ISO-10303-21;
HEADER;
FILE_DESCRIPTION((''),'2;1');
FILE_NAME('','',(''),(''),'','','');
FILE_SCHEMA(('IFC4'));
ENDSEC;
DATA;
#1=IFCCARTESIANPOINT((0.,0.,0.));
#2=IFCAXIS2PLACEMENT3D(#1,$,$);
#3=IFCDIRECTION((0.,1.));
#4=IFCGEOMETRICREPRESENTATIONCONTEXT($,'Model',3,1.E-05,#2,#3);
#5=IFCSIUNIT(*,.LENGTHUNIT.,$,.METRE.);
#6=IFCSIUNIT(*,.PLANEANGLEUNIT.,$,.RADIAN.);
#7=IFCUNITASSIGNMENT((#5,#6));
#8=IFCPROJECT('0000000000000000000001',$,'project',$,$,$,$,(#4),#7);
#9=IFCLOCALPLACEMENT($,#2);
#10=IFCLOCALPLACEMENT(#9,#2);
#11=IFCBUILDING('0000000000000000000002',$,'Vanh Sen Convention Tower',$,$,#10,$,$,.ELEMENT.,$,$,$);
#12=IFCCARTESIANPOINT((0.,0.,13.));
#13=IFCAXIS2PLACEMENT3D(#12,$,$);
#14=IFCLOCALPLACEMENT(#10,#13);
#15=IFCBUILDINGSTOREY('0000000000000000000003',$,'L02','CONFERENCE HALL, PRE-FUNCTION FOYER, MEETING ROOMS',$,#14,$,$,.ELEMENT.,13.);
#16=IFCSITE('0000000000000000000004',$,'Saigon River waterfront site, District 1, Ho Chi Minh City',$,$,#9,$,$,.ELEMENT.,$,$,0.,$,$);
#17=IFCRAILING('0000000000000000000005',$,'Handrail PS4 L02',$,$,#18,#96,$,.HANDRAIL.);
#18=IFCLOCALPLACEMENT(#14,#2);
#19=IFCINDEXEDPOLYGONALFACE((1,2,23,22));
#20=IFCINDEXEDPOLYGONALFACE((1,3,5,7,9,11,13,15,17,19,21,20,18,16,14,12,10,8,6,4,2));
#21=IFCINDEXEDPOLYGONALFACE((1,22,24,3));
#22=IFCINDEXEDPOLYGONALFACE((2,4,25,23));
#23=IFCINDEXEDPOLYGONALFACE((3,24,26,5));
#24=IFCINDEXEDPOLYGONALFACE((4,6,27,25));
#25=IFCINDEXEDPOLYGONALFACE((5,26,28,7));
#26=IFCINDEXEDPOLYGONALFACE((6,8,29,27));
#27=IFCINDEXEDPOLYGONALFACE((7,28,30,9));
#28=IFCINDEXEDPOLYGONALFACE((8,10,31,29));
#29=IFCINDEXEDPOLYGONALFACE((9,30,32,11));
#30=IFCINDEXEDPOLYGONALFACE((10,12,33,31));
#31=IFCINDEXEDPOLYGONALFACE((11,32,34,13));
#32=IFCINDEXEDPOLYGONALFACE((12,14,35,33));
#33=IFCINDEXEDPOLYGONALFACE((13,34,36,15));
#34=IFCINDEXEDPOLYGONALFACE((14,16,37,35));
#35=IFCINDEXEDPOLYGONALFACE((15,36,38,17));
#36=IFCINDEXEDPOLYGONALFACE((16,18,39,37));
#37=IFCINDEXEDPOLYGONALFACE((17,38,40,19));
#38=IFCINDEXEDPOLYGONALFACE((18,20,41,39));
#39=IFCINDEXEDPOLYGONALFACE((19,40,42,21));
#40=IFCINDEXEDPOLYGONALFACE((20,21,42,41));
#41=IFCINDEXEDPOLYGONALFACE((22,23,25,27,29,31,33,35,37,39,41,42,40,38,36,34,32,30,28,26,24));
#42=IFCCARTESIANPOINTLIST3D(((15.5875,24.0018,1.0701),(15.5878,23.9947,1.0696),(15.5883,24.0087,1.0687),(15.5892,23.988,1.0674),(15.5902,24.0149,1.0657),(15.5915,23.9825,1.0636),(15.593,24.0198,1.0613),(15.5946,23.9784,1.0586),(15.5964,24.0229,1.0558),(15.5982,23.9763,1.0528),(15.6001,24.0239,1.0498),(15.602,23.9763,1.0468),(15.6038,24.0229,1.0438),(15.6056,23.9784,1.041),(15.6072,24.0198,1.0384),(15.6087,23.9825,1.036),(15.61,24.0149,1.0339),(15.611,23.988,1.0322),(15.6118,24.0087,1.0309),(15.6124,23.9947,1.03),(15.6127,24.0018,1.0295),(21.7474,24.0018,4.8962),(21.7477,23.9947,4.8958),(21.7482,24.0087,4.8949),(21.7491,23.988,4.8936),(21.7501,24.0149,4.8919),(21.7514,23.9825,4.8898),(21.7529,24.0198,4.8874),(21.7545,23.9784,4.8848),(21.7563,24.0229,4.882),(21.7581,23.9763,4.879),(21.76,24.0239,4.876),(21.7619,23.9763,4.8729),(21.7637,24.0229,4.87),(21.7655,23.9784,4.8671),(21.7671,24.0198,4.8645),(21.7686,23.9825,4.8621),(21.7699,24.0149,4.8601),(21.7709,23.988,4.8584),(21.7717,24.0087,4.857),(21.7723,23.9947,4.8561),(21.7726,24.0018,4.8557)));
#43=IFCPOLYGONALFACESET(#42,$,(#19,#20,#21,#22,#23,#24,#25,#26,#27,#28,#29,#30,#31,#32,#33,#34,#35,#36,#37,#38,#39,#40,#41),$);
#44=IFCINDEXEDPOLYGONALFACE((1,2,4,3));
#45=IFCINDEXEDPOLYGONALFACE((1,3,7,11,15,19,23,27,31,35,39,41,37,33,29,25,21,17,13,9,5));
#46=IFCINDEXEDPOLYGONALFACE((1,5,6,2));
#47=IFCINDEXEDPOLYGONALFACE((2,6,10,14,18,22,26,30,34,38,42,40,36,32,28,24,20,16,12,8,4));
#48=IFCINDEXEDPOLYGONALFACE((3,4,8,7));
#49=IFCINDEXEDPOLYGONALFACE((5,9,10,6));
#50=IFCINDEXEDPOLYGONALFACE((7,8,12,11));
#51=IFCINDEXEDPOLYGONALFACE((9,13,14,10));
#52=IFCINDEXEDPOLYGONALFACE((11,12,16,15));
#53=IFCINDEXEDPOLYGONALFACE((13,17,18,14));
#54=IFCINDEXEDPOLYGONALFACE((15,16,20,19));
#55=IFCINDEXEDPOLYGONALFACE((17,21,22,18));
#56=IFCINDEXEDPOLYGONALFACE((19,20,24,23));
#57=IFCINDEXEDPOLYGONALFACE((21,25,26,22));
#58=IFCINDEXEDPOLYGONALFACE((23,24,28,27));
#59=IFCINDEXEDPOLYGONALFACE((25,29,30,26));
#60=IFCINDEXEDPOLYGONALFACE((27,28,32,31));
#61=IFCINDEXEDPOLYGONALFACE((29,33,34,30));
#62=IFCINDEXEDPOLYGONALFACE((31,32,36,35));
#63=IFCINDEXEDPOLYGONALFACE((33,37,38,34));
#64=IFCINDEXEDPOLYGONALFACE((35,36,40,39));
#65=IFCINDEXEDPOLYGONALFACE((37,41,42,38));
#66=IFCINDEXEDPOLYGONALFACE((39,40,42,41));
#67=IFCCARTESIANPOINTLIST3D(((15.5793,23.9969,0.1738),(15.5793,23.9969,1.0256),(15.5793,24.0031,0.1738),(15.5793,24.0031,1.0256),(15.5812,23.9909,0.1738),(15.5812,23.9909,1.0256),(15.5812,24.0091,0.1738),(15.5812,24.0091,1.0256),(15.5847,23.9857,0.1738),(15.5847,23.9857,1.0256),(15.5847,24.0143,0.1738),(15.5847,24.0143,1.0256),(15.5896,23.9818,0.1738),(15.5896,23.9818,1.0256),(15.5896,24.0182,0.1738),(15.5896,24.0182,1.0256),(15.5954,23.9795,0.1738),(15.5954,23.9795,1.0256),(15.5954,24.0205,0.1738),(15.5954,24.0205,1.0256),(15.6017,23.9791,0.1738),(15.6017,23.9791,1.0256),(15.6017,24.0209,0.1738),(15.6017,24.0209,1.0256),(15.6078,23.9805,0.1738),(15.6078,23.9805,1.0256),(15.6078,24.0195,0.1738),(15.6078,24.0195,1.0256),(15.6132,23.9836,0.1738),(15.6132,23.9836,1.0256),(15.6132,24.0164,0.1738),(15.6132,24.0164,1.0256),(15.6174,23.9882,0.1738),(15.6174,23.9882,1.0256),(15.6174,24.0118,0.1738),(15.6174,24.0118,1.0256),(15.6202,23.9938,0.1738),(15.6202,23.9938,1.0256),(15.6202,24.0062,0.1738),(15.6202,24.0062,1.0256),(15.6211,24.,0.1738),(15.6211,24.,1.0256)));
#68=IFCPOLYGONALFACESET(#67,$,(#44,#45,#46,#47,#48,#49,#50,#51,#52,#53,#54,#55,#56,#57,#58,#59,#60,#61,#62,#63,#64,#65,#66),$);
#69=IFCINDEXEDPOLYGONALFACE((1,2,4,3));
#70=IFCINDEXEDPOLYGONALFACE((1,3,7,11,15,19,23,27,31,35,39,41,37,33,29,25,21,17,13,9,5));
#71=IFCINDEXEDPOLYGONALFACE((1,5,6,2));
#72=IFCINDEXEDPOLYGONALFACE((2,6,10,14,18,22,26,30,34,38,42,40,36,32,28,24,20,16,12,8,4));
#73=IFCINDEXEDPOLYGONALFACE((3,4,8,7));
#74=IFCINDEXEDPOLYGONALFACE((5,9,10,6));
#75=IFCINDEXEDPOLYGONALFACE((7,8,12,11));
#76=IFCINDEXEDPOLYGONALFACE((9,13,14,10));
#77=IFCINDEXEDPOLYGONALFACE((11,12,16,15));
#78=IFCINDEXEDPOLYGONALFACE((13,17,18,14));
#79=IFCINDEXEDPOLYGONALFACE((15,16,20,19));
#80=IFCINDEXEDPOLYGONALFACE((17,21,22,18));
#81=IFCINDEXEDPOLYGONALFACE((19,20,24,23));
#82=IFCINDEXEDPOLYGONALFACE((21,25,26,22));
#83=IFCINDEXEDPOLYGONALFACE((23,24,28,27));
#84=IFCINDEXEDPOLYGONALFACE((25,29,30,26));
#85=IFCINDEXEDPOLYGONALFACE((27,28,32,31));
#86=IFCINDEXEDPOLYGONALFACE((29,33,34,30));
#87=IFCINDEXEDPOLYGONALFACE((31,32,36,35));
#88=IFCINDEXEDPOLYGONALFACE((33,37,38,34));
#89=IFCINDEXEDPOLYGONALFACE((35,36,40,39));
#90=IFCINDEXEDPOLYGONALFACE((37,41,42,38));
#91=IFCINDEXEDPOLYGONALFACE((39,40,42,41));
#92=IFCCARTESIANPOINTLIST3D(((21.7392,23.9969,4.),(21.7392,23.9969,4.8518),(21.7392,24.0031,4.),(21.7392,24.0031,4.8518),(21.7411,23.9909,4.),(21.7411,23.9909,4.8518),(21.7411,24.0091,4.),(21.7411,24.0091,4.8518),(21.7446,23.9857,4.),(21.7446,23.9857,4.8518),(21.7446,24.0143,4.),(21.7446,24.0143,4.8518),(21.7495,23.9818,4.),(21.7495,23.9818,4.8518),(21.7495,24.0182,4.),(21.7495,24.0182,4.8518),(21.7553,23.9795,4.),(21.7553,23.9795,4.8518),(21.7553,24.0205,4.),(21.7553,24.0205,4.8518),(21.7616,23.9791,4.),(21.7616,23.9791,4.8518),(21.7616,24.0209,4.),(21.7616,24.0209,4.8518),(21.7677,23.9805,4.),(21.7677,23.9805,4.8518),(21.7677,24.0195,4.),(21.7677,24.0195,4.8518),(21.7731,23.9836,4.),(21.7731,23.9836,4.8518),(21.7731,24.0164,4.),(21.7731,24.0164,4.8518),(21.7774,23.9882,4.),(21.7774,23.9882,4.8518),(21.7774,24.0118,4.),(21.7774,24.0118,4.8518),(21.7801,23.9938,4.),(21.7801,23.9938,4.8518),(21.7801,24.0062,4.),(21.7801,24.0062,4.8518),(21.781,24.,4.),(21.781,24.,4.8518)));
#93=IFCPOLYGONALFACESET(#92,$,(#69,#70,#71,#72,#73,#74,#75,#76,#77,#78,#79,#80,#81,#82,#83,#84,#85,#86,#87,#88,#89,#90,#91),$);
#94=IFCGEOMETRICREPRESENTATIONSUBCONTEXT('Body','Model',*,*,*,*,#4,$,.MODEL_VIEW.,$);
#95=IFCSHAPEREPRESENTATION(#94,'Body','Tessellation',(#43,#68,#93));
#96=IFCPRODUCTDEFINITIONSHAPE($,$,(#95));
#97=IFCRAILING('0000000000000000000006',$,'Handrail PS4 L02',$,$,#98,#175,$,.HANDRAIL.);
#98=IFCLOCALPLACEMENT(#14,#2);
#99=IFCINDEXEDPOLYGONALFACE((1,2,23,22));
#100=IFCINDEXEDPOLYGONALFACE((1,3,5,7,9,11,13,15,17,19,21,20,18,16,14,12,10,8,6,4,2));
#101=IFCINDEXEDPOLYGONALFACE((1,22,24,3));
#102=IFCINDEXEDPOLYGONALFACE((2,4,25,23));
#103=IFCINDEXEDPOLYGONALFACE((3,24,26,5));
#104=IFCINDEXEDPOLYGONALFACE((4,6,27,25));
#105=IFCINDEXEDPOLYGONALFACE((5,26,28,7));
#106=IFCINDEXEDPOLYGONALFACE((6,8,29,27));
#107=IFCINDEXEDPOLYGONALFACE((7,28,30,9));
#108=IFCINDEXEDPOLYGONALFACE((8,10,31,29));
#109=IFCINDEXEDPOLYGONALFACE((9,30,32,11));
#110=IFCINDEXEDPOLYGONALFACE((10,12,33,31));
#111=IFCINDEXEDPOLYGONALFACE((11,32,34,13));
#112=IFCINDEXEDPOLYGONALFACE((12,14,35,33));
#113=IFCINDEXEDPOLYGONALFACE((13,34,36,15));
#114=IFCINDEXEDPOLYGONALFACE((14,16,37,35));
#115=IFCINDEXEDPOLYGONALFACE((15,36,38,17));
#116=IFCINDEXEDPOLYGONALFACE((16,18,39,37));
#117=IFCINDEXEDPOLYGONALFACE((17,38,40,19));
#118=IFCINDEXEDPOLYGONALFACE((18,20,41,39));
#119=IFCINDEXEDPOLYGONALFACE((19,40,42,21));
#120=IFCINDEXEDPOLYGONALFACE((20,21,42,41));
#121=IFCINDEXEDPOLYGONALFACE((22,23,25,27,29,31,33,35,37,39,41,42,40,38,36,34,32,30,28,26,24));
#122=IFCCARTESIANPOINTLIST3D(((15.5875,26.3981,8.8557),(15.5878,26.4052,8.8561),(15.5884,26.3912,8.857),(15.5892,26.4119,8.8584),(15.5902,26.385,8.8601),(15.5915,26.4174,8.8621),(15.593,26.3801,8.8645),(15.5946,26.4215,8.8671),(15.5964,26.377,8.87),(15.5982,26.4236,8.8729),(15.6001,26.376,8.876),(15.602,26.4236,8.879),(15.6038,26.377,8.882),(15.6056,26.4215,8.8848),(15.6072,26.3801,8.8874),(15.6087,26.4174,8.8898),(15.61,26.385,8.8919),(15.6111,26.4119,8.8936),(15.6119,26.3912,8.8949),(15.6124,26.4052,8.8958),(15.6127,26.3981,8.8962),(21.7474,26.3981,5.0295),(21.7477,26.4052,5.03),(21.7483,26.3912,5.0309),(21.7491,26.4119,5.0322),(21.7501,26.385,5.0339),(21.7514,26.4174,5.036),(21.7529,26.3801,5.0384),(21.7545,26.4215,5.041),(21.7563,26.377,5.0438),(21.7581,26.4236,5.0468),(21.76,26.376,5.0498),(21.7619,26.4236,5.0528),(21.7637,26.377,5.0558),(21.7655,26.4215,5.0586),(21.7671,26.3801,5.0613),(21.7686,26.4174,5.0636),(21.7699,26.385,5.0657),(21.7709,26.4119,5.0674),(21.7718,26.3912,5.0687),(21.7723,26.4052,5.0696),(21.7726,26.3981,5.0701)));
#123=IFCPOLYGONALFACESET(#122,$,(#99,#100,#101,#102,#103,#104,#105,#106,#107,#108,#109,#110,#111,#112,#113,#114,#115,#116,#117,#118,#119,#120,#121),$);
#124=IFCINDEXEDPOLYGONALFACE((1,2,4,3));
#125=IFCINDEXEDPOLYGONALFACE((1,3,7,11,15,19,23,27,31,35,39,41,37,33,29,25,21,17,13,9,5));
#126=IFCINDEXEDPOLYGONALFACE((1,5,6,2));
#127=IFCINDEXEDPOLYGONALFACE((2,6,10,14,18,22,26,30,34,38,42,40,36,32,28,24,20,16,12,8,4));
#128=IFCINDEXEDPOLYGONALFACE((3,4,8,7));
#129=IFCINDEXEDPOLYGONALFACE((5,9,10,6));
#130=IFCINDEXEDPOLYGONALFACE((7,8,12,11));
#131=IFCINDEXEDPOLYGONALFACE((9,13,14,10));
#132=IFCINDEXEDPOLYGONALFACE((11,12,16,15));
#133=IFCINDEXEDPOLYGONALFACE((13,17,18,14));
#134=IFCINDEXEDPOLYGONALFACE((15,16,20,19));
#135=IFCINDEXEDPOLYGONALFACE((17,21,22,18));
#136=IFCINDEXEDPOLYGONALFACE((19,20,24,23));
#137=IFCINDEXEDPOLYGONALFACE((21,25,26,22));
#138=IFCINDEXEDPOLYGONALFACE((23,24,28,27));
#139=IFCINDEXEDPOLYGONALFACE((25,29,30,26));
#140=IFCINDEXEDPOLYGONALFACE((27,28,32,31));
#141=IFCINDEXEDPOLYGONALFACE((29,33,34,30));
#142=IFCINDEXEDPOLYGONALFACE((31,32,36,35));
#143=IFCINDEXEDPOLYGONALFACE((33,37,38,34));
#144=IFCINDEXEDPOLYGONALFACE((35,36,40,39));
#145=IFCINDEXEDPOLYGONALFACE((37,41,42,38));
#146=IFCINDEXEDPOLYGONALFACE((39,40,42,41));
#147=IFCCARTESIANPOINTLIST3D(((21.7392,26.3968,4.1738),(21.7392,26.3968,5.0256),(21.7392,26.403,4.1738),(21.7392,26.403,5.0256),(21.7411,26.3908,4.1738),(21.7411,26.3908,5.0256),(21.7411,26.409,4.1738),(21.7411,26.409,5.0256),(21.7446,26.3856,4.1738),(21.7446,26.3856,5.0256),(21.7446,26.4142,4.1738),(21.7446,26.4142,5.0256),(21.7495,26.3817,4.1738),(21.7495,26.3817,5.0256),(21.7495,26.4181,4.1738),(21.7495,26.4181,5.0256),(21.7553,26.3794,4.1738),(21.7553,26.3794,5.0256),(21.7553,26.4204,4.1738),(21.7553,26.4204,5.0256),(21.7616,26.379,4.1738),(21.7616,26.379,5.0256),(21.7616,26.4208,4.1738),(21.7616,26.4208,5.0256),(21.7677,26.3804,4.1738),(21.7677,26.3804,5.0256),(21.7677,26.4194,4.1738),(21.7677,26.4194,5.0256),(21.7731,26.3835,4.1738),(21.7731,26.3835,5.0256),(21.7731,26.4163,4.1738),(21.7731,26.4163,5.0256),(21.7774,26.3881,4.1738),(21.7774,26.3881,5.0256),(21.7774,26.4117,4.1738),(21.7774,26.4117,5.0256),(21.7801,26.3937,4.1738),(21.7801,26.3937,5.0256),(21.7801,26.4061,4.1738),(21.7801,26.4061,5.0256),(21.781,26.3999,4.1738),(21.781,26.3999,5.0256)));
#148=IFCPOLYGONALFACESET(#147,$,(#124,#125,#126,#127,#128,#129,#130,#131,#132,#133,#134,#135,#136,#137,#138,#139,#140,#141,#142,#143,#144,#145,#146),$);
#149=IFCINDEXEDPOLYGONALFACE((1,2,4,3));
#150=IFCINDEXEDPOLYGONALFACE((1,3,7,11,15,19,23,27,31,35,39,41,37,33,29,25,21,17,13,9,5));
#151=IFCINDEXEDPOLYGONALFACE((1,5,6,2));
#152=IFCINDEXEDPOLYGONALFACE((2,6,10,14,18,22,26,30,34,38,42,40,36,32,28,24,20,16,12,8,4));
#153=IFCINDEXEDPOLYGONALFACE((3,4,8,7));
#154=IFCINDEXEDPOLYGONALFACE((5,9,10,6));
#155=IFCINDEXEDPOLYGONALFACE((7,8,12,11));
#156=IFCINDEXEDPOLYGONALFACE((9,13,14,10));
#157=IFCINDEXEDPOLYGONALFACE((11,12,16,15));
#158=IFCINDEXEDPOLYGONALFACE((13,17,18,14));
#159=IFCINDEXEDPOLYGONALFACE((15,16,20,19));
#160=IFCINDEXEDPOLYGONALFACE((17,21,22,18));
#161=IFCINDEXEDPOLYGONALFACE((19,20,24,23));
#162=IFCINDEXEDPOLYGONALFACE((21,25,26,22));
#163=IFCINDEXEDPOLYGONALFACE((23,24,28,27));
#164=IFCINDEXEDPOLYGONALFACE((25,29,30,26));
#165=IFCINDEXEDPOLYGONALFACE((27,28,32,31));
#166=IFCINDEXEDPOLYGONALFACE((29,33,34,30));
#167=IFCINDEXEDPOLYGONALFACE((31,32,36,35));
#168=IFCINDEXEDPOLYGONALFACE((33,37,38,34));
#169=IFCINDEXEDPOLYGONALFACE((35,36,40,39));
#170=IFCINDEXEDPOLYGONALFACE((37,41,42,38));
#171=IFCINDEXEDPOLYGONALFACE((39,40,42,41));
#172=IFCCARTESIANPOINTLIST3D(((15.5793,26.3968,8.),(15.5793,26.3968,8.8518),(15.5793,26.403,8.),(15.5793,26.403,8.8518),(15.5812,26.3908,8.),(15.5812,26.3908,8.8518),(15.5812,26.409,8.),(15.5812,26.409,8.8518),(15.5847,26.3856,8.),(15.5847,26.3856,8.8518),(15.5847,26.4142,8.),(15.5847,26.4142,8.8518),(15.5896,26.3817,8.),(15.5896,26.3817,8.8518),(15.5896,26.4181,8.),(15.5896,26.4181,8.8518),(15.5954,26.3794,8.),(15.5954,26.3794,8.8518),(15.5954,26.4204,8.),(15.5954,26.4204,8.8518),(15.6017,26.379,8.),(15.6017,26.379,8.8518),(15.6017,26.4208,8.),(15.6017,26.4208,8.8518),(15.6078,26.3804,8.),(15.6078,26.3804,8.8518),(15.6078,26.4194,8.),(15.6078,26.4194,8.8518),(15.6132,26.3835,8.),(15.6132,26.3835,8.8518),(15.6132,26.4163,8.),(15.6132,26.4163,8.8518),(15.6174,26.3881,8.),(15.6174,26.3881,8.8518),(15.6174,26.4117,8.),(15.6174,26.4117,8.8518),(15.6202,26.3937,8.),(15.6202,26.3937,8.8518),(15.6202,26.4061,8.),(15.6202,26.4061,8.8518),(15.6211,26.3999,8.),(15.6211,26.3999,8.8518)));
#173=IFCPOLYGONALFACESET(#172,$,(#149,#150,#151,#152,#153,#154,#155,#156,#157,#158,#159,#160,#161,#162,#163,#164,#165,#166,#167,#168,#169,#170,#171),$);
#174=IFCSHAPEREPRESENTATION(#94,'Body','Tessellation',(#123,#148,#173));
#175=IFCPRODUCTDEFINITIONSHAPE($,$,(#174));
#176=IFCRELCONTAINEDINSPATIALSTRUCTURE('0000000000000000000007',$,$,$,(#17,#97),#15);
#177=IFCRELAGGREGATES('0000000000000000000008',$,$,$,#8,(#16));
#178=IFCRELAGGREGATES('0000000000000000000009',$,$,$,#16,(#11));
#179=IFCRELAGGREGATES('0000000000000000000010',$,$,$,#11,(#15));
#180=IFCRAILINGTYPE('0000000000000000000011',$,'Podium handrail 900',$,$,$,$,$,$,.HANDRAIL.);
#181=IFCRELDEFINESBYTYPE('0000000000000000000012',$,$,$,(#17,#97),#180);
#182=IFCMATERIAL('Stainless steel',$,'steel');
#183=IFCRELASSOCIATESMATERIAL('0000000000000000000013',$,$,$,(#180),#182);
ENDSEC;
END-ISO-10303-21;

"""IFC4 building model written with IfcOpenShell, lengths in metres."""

from ifc_helpers import new_model, si_unit, direction, frame, origin, origin_2d, place, context, subcontext, project, spatial, circle, extrude, material, type_object, element, save


model = new_model("IFC4")

# Units and contexts
model_context = context("Model", 3, precision=1e-05, world=origin(), true_north=direction((0.0, 1.0)))
body_context = subcontext(model_context, "Body", "Model", "MODEL_VIEW")
ifc_project = project(units=[si_unit("LENGTHUNIT", "METRE"), si_unit("PLANEANGLEUNIT", "RADIAN")], contexts=[model_context])

# Site, building, storey
site_placement = place(None, origin())
site = spatial("IfcSite", under=ifc_project, at=site_placement, Name="Saigon River waterfront site, District 1, Ho Chi Minh City", CompositionType="ELEMENT", RefElevation=0.0)
building_placement = place(site_placement, origin())
building = spatial("IfcBuilding", under=site, at=building_placement, Name="Vanh Sen Convention Tower", CompositionType="ELEMENT")
storey_placement = place(building_placement, frame((0.0, 0.0, 13.0)))
storey = spatial("IfcBuildingStorey", under=building, at=storey_placement, Name="L02", Description="CONFERENCE HALL, PRE-FUNCTION FOYER, MEETING ROOMS", CompositionType="ELEMENT", Elevation=13.0)

# Railings
ifc_material_1 = material(Name="Stainless steel", Category="steel")
railing_type = type_object("IfcRailingType", Name="Podium handrail 900", PredefinedType="HANDRAIL", material=ifc_material_1)
for number, where, name in (
    (1, (15.6001, 24.0, 0.1738), "Handrail PS4 L02"),
):
    element("IfcRailing", number, at=place(storey_placement, frame(where)), inside=storey, type_object=railing_type, Name=name, PredefinedType="HANDRAIL", context=body_context, shape_type="SweptSolid", body=[
        extrude(circle(Radius=0.0239, at=origin_2d()), frame((0.0, 0.0, 0.876), z_axis=(0.849468, 0.0, 0.527639), x_axis=(0.0, 1.0, 0.0)), (0.0, 0.0, 1.0), 7.2515),
        extrude(circle(Radius=0.021, at=origin_2d()), origin(), (0.0, 0.0, 1.0), 0.8518),
        extrude(circle(Radius=0.021, at=origin_2d()), frame((6.1599, 0.0, 3.8262)), (0.0, 0.0, 1.0), 0.8518),
    ])
for number, where, name in (
    (2, (21.76, 26.3999, 4.1738), "Handrail PS4 L02"),
):
    element("IfcRailing", number, at=place(storey_placement, frame(where)), inside=storey, type_object=railing_type, Name=name, PredefinedType="HANDRAIL", context=body_context, shape_type="SweptSolid", body=[
        extrude(circle(Radius=0.0239, at=origin_2d()), frame((0.0, 0.0, 0.876), z_axis=(-0.849468, 0.0, 0.527639), x_axis=(0.0, -1.0, 0.0)), (0.0, 0.0, 1.0), 7.2515),
        extrude(circle(Radius=0.021, at=origin_2d()), origin(), (0.0, 0.0, 1.0), 0.8518),
        extrude(circle(Radius=0.021, at=origin_2d()), frame((-6.1599, 0.0, 3.8262)), (0.0, 0.0, 1.0), 0.8518),
    ])

save(model, "model.ifc")
